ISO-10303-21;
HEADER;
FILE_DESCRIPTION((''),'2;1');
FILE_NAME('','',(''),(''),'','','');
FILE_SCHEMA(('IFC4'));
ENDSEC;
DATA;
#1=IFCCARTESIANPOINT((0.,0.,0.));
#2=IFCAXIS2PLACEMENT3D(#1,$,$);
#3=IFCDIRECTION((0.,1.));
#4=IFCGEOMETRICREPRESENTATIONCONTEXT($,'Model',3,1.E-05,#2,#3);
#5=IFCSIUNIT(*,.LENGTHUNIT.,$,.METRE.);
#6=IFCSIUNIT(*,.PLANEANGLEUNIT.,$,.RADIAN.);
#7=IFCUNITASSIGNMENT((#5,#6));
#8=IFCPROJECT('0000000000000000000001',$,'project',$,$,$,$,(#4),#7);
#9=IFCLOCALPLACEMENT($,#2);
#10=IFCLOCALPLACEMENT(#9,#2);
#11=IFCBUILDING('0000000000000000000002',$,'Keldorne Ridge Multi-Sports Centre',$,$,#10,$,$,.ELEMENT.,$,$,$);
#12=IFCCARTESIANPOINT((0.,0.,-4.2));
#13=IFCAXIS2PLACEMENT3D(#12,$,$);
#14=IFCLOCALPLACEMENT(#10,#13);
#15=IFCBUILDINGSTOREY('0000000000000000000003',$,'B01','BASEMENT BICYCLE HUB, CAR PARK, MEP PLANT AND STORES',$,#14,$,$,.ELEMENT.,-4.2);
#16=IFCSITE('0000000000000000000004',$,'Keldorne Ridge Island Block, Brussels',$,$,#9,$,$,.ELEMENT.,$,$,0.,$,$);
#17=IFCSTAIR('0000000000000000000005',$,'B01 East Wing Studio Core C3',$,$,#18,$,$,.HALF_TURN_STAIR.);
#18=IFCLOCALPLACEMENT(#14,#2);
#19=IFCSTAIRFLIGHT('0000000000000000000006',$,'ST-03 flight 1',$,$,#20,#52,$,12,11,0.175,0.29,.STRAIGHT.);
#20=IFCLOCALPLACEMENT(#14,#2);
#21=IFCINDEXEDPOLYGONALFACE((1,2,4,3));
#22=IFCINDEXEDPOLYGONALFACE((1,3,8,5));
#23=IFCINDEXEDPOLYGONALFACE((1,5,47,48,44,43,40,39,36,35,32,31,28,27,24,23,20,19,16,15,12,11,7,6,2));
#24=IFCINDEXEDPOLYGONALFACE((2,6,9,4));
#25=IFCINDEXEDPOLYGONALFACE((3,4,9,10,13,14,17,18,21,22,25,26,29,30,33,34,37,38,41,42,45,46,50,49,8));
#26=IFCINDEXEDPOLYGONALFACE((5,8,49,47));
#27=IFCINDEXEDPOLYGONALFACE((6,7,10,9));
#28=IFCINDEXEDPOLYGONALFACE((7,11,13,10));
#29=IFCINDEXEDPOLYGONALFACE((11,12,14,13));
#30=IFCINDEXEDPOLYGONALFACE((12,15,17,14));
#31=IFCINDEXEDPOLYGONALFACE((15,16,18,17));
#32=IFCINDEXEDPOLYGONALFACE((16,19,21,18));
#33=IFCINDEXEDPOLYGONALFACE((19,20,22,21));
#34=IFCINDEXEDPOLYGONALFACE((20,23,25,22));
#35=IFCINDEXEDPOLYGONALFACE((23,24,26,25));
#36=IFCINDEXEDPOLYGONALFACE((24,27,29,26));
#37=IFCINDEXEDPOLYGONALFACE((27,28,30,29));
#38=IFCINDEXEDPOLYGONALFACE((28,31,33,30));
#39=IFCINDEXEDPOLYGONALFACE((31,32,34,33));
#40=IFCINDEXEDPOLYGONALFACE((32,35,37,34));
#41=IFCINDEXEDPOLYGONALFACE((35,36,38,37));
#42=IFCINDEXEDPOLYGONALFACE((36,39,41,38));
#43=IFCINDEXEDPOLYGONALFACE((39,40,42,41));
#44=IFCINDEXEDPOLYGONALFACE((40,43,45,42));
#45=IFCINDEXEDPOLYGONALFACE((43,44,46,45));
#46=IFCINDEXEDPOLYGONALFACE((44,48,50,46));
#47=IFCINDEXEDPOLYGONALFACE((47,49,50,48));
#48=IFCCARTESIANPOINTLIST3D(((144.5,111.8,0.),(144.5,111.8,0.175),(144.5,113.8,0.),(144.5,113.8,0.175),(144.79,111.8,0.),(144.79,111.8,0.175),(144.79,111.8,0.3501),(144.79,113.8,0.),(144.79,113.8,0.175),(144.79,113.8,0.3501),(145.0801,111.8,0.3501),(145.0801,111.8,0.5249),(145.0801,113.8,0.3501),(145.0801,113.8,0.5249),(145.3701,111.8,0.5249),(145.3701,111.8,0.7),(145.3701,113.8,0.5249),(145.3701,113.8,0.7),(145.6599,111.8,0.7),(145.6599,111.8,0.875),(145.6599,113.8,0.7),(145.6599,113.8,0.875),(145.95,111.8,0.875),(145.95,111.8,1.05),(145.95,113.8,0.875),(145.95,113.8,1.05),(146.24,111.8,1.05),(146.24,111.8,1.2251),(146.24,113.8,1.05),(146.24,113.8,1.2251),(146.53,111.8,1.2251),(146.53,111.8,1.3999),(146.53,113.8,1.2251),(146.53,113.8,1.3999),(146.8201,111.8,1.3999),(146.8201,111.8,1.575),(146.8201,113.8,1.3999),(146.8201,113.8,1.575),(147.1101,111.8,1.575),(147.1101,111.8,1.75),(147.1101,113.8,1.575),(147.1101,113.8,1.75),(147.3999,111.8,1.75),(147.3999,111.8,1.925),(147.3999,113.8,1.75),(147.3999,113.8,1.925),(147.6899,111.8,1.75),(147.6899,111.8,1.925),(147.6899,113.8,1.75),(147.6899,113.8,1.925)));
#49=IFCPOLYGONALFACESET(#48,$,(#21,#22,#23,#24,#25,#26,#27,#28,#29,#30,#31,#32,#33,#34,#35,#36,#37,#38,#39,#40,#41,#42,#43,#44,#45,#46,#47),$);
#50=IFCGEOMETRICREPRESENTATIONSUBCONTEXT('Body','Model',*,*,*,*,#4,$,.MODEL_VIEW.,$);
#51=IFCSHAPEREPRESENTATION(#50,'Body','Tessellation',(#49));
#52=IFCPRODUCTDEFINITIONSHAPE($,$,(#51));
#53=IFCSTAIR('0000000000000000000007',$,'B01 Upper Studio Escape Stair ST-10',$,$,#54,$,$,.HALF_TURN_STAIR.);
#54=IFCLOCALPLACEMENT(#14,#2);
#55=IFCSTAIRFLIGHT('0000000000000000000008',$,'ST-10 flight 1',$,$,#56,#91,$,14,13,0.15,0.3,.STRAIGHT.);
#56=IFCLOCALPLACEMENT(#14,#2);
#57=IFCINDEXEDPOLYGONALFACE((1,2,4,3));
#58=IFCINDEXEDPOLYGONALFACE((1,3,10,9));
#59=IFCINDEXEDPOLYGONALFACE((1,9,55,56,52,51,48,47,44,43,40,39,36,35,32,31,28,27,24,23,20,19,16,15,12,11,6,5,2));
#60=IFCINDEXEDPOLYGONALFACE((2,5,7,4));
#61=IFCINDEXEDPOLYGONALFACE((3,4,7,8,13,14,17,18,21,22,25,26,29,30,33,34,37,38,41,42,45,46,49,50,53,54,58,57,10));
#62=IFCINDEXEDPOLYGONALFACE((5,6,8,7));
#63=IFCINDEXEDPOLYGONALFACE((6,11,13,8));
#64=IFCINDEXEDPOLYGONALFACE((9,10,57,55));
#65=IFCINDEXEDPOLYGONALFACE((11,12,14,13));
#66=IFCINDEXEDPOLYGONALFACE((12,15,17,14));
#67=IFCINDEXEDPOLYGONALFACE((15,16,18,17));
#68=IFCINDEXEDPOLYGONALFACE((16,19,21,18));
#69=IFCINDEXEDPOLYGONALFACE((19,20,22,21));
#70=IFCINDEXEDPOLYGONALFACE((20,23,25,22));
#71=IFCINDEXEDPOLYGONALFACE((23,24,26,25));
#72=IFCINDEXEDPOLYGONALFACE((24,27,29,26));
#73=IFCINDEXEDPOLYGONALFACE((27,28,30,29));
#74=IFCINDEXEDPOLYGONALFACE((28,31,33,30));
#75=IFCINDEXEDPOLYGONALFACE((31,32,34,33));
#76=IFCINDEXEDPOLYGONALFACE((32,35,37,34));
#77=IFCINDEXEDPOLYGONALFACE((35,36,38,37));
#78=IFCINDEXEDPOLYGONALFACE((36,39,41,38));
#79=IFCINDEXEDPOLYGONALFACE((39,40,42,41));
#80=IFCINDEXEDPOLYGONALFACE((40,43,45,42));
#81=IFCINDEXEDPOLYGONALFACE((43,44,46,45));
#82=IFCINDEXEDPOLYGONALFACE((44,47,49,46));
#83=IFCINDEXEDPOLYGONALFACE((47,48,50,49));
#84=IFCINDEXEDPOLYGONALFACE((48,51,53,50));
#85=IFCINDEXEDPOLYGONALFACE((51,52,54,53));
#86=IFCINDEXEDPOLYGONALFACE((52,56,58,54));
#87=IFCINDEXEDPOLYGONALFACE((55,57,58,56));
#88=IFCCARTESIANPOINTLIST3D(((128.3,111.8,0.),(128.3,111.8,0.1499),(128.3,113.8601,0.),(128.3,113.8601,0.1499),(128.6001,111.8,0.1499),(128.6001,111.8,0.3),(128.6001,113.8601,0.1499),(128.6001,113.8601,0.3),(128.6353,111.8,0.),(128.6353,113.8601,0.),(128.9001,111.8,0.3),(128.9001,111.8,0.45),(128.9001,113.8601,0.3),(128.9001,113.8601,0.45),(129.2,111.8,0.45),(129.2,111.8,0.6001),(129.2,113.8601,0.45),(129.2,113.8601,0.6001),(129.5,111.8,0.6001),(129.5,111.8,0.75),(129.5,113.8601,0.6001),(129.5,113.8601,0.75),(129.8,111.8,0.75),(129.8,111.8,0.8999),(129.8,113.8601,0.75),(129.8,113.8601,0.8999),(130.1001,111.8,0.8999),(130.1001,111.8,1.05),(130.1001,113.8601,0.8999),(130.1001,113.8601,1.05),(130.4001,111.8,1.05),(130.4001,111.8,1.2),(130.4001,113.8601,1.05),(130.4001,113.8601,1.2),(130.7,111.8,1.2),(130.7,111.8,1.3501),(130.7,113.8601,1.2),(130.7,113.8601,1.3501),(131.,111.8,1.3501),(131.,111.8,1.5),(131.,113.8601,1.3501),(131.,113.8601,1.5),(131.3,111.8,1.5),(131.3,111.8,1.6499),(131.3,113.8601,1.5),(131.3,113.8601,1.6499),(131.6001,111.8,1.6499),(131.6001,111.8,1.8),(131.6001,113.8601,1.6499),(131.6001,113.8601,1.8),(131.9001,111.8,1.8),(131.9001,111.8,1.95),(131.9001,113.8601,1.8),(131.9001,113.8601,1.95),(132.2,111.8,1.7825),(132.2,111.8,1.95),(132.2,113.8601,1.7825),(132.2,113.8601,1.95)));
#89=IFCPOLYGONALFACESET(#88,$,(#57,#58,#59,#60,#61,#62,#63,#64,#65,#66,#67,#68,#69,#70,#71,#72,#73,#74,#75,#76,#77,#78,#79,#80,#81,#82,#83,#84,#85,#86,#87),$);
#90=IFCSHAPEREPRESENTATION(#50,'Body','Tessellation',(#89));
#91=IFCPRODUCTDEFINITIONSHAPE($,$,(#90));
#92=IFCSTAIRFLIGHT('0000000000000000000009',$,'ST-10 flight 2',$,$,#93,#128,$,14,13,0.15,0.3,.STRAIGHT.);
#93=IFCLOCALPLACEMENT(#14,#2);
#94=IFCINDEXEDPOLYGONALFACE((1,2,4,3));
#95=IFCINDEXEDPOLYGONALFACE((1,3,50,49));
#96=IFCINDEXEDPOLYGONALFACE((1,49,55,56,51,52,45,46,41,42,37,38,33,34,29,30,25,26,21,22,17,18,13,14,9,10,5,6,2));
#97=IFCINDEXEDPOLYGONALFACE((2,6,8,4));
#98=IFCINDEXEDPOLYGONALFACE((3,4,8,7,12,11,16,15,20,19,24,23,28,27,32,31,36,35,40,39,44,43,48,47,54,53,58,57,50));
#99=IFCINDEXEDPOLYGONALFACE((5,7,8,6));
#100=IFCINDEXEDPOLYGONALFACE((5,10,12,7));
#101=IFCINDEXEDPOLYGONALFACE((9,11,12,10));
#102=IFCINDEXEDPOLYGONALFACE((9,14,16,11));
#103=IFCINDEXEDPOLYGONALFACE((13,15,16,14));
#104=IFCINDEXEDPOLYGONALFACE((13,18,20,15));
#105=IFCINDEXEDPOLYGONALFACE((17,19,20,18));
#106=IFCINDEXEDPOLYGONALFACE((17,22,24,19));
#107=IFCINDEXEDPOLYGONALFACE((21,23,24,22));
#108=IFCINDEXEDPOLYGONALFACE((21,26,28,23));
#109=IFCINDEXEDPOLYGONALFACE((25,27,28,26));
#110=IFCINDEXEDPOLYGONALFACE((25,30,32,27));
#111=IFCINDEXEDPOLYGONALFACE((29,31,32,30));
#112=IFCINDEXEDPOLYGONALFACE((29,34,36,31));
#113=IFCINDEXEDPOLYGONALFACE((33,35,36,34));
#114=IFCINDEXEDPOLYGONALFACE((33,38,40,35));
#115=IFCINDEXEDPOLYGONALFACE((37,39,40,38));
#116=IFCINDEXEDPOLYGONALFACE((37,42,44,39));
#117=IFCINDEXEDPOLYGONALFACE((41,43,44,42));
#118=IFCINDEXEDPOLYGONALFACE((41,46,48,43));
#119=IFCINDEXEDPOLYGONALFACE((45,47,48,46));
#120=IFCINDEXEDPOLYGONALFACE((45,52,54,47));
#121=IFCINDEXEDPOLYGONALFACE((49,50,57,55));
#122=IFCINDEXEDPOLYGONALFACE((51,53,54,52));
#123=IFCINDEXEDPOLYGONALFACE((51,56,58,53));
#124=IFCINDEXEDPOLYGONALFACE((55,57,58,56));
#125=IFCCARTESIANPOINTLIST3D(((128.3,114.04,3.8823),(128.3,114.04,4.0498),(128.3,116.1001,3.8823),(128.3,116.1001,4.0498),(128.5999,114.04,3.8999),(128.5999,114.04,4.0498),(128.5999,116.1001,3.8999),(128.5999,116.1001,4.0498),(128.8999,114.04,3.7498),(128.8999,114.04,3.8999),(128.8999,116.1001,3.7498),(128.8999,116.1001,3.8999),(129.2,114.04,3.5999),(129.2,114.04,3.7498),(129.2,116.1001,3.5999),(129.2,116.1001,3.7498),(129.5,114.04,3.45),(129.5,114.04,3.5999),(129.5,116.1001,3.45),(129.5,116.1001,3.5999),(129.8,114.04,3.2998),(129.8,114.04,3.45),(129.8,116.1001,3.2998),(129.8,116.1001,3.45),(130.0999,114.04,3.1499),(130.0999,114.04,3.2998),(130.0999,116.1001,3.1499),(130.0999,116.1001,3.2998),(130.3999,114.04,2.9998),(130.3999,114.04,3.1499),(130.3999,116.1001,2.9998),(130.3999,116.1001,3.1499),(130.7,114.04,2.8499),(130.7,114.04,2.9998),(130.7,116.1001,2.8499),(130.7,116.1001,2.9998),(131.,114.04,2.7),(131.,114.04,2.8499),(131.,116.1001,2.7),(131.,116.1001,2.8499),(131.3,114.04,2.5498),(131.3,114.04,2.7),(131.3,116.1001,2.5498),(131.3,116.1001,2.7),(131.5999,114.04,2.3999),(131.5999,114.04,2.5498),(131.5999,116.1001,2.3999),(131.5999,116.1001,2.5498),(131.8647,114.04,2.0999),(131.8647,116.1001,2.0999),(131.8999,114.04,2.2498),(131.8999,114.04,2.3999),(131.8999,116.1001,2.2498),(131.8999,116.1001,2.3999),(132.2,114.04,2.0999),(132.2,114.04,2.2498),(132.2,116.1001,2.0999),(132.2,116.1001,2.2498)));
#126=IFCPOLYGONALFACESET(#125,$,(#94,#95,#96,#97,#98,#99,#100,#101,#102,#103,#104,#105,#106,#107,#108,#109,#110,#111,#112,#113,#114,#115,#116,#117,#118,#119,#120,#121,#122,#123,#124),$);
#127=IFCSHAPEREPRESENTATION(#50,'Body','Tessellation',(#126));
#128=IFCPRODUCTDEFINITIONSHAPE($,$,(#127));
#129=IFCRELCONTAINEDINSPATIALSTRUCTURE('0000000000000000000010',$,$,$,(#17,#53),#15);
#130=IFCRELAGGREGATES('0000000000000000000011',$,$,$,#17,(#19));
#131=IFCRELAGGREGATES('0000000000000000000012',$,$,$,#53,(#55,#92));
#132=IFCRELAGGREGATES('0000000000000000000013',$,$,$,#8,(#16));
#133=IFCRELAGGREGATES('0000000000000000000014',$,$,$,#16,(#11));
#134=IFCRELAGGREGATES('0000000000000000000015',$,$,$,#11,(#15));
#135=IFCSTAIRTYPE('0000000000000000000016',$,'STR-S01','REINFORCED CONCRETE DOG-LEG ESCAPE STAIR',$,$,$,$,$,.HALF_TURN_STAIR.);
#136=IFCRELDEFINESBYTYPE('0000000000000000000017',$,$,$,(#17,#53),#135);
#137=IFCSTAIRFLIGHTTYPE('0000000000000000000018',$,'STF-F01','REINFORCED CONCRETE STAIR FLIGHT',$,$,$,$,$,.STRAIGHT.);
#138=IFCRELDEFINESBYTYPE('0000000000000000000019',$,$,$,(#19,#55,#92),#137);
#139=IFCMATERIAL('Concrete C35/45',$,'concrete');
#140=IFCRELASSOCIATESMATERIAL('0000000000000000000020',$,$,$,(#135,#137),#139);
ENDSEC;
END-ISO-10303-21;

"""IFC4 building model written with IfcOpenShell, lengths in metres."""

from ifc_helpers import new_model, si_unit, direction, frame, origin, place, context, subcontext, project, spatial, polyline, outline, extrude, material, type_object, element, aggregate, save


model = new_model("IFC4")

# Units and contexts
model_context = context("Model", 3, precision=1e-05, world=origin(), true_north=direction((0.0, 1.0)))
body_context = subcontext(model_context, "Body", "Model", "MODEL_VIEW")
ifc_project = project(units=[si_unit("LENGTHUNIT", "METRE"), si_unit("PLANEANGLEUNIT", "RADIAN")], contexts=[model_context])

# Site, building, storey
site_placement = place(None, origin())
site = spatial("IfcSite", under=ifc_project, at=site_placement, Name="Keldorne Ridge Island Block, Brussels", CompositionType="ELEMENT", RefElevation=0.0)
building_placement = place(site_placement, origin())
building = spatial("IfcBuilding", under=site, at=building_placement, Name="Keldorne Ridge Multi-Sports Centre", CompositionType="ELEMENT")
storey_placement = place(building_placement, frame((0.0, 0.0, -4.2)))
storey = spatial("IfcBuildingStorey", under=building, at=storey_placement, Name="B01", Description="BASEMENT BICYCLE HUB, CAR PARK, MEP PLANT AND STORES", CompositionType="ELEMENT", Elevation=-4.2)

# Shared definitions
ifc_material_1 = material(Name="Concrete C35/45", Category="concrete")

# Stair, stair flight
stair_type = type_object("IfcStairType", Name="STR-S01", Description="REINFORCED CONCRETE DOG-LEG ESCAPE STAIR", PredefinedType="HALF_TURN_STAIR", material=ifc_material_1)
stair_1_placement = place(storey_placement, origin())
stair_1 = element("IfcStair", 1, at=stair_1_placement, inside=storey, type_object=stair_type, Name="B01 East Wing Studio Core C3", PredefinedType="HALF_TURN_STAIR")
stair_flight_type = type_object("IfcStairFlightType", Name="STF-F01", Description="REINFORCED CONCRETE STAIR FLIGHT", PredefinedType="STRAIGHT", material=ifc_material_1)
stair_flight_1_placement = place(storey_placement, frame((144.5, 112.8, 0.0), z_axis=(0.0, 0.0, 1.0), x_axis=(1.0, 0.0, 0.0)))
stair_flight_1 = element("IfcStairFlight", 2, at=stair_flight_1_placement, type_object=stair_flight_type, Name="ST-03 flight 1", NumberOfRisers=12, NumberOfTreads=11, PredefinedType="STRAIGHT", RiserHeight=0.175, TreadLength=0.29, context=body_context, shape_type="SweptSolid", body=[
    extrude(outline(polyline([(0.0, 0.0), (0.0, 0.175), (0.29, 0.175), (0.29, 0.3501), (0.5801, 0.3501), (0.5801, 0.5249), (0.8701, 0.5249), (0.8701, 0.7), (1.1599, 0.7), (1.1599, 0.875), (1.45, 0.875), (1.45, 1.05), (1.74, 1.05), (1.74, 1.2251), (2.03, 1.2251), (2.03, 1.3999), (2.3201, 1.3999), (2.3201, 1.575), (2.6101, 1.575), (2.6101, 1.75), (2.8999, 1.75), (2.8999, 1.925), (3.1899, 1.925), (3.1899, 2.1001), (3.1899, 1.75), (0.29, 0.0), (0.0, 0.0)])), frame((0.0, 1.0, 0.0), z_axis=(0.0, -1.0, 0.0), x_axis=(1.0, 0.0, 0.0)), (0.0, 0.0, 1.0), 2.0),
])
aggregate(stair_1, [stair_flight_1])

# Stair, stair flights
stair_2_placement = place(storey_placement, origin())
stair_2 = element("IfcStair", 3, at=stair_2_placement, inside=storey, type_object=stair_type, Name="B01 Upper Studio Escape Stair ST-10", PredefinedType="HALF_TURN_STAIR")
stair_flight_2_placement = place(storey_placement, frame((128.3, 112.8301, 0.0), z_axis=(0.0, 0.0, 1.0), x_axis=(1.0, 0.0, 0.0)))
stair_flight_2 = element("IfcStairFlight", 4, at=stair_flight_2_placement, type_object=stair_flight_type, Name="ST-10 flight 1", NumberOfRisers=14, NumberOfTreads=13, PredefinedType="STRAIGHT", RiserHeight=0.15, TreadLength=0.3, context=body_context, shape_type="SweptSolid", body=[
    extrude(outline(polyline([(0.0, 0.0), (0.0, 0.1499), (0.3, 0.1499), (0.3, 0.3), (0.6001, 0.3), (0.6001, 0.45), (0.8999, 0.45), (0.8999, 0.6001), (1.2, 0.6001), (1.2, 0.75), (1.5, 0.75), (1.5, 0.8999), (1.8, 0.8999), (1.8, 1.05), (2.1001, 1.05), (2.1001, 1.2), (2.3999, 1.2), (2.3999, 1.3501), (2.7, 1.3501), (2.7, 1.5), (3.0, 1.5), (3.0, 1.6499), (3.3, 1.6499), (3.3, 1.8), (3.6001, 1.8), (3.6001, 1.95), (3.8999, 1.95), (3.8999, 2.1001), (3.8999, 1.7825), (0.3352, 0.0), (0.0, 0.0)])), frame((0.0, 1.03, 0.0), z_axis=(0.0, -1.0, 0.0), x_axis=(1.0, 0.0, 0.0)), (0.0, 0.0, 1.0), 2.0601),
])
stair_flight_3_placement = place(storey_placement, frame((132.2, 115.0701, 2.0999), z_axis=(0.0, 0.0, 1.0), x_axis=(-1.0, 0.0, 0.0)))
stair_flight_3 = element("IfcStairFlight", 5, at=stair_flight_3_placement, type_object=stair_flight_type, Name="ST-10 flight 2", NumberOfRisers=14, NumberOfTreads=13, PredefinedType="STRAIGHT", RiserHeight=0.15, TreadLength=0.3, context=body_context, shape_type="SweptSolid", body=[
    extrude(outline(polyline([(0.0, 0.0), (0.0, 0.1499), (0.3, 0.1499), (0.3, 0.3), (0.6001, 0.3), (0.6001, 0.45), (0.8999, 0.45), (0.8999, 0.6001), (1.2, 0.6001), (1.2, 0.75), (1.5, 0.75), (1.5, 0.8999), (1.8, 0.8999), (1.8, 1.05), (2.1001, 1.05), (2.1001, 1.2), (2.3999, 1.2), (2.3999, 1.3501), (2.7, 1.3501), (2.7, 1.5), (3.0, 1.5), (3.0, 1.6499), (3.3, 1.6499), (3.3, 1.8), (3.6001, 1.8), (3.6001, 1.95), (3.8999, 1.95), (3.8999, 2.1001), (3.8999, 1.7825), (0.3352, 0.0), (0.0, 0.0)])), frame((0.0, 1.03, 0.0), z_axis=(0.0, -1.0, 0.0), x_axis=(1.0, 0.0, 0.0)), (0.0, 0.0, 1.0), 2.0601),
])
aggregate(stair_2, [stair_flight_2, stair_flight_3])

save(model, "model.ifc")
